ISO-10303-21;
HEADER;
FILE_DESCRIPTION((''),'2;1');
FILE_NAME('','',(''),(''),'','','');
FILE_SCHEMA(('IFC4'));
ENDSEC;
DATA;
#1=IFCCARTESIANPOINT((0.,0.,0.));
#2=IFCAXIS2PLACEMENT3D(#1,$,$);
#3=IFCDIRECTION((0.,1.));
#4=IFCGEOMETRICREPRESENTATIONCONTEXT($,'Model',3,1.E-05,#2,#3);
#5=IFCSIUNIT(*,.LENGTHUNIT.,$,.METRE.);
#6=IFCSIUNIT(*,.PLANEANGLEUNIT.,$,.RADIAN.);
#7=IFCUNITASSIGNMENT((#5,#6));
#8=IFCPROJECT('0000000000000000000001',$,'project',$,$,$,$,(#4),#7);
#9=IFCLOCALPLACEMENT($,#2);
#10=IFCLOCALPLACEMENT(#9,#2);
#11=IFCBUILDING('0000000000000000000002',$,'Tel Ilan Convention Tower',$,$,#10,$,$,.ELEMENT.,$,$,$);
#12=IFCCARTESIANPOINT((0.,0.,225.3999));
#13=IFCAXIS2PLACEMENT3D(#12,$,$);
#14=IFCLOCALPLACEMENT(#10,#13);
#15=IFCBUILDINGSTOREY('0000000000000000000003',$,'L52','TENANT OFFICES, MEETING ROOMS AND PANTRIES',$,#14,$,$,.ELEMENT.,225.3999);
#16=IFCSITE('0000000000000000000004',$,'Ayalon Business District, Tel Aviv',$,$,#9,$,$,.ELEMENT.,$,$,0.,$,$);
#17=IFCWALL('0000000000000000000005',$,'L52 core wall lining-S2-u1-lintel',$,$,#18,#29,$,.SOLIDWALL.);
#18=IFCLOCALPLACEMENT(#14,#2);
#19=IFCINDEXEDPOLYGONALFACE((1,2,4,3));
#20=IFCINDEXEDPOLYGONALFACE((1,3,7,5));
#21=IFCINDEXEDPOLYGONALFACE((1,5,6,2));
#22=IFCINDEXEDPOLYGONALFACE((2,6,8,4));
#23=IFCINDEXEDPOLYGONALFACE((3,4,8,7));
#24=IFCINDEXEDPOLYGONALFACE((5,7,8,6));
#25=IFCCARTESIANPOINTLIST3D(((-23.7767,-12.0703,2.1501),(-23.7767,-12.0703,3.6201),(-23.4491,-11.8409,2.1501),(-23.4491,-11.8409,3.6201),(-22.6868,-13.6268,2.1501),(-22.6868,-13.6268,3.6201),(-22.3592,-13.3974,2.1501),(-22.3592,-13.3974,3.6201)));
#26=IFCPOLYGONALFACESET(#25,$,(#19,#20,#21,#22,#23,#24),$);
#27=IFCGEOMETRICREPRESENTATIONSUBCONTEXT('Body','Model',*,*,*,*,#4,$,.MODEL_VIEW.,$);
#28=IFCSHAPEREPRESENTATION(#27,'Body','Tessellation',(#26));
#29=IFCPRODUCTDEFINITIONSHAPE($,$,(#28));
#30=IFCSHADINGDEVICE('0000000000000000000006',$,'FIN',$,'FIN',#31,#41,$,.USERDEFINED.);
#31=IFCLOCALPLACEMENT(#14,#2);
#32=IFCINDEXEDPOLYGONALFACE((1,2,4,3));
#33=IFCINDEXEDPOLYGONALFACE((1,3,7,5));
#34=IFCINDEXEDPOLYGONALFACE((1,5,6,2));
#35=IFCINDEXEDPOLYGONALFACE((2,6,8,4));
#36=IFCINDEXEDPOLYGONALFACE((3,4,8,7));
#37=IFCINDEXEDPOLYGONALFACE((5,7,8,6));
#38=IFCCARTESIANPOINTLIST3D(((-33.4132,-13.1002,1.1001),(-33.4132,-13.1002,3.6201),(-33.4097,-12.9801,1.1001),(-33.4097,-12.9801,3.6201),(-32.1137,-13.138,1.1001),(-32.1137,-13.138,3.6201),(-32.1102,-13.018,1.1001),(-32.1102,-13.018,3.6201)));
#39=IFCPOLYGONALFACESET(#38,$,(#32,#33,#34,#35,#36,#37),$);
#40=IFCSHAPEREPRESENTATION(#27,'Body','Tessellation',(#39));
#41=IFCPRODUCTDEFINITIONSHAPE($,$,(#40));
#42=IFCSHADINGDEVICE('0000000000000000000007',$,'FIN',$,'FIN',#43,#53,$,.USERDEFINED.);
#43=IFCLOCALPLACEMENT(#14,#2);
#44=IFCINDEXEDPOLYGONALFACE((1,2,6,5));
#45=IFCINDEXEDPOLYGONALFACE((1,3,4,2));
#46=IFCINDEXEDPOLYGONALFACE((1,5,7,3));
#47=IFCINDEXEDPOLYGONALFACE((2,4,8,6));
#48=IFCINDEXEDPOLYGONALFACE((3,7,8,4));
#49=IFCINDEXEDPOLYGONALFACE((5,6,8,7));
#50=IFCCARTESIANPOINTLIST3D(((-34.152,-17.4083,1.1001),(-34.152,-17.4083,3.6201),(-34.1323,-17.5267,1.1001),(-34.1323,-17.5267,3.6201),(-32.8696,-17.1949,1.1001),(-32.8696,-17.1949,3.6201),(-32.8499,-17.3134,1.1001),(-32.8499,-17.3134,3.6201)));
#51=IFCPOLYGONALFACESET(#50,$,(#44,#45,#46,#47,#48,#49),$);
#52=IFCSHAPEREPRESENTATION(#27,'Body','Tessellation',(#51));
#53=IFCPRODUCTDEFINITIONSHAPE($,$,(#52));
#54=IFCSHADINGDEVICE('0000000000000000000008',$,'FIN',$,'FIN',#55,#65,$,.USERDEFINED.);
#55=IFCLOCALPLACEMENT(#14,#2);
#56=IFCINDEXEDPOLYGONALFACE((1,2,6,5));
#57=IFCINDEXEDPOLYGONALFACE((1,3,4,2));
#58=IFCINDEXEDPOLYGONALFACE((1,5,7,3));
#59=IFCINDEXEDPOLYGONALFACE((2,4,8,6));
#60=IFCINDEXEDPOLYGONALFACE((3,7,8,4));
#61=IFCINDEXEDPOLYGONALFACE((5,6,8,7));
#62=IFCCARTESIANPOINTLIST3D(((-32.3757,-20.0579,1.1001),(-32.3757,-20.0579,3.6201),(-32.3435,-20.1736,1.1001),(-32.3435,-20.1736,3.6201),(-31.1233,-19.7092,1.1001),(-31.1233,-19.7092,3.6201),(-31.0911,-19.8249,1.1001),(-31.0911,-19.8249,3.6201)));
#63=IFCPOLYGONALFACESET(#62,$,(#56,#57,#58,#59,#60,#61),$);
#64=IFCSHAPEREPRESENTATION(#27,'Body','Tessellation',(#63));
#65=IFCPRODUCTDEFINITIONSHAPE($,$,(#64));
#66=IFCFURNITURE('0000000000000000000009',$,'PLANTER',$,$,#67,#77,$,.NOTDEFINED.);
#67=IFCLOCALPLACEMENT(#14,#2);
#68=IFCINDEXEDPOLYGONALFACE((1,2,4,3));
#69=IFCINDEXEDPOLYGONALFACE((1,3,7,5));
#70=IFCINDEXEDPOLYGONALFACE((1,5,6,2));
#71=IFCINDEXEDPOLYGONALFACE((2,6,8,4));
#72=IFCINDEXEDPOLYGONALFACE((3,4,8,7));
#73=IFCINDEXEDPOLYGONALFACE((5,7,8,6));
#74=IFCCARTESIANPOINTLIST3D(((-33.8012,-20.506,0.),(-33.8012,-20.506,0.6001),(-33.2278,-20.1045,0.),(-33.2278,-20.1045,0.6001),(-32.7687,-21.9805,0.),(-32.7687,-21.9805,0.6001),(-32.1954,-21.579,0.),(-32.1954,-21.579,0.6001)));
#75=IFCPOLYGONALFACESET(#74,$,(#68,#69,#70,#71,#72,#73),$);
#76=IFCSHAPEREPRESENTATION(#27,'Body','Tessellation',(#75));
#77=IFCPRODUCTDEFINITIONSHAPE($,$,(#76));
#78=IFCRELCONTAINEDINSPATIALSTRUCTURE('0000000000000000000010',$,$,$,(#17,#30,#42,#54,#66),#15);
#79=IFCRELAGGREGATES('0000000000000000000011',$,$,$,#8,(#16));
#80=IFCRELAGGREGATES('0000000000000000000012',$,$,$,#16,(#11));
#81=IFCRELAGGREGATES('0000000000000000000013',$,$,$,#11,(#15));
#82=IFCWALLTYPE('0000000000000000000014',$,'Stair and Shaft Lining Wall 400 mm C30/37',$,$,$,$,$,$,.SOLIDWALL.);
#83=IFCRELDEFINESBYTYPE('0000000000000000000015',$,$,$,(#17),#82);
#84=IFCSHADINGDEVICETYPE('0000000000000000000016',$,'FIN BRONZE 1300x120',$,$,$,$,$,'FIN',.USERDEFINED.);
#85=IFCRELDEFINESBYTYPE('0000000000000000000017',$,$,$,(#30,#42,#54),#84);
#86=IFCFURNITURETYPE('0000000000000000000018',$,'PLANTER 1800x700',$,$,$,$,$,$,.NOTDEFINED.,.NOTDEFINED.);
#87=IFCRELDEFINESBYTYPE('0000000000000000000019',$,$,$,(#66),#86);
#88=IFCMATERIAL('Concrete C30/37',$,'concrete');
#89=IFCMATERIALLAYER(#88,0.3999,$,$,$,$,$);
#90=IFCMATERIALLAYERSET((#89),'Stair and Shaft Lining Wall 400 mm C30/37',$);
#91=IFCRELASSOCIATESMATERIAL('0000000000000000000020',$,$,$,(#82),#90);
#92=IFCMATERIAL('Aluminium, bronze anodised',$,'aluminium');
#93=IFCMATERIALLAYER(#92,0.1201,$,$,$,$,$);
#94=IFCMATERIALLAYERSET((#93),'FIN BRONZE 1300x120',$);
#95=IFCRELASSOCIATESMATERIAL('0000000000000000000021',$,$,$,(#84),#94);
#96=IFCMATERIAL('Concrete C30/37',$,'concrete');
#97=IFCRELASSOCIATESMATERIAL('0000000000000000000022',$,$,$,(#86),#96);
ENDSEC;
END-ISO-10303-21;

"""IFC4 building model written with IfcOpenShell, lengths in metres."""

from ifc_helpers import new_model, si_unit, direction, frame, frame_2d, origin, origin_2d, place, context, subcontext, project, spatial, rectangle, extrude, material, layer, layer_set, type_object, element, save


model = new_model("IFC4")

# Units and contexts
model_context = context("Model", 3, precision=1e-05, world=origin(), true_north=direction((0.0, 1.0)))
body_context = subcontext(model_context, "Body", "Model", "MODEL_VIEW")
ifc_project = project(units=[si_unit("LENGTHUNIT", "METRE"), si_unit("PLANEANGLEUNIT", "RADIAN")], contexts=[model_context])

# Site, building, storey
site_placement = place(None, origin())
site = spatial("IfcSite", under=ifc_project, at=site_placement, Name="Ayalon Business District, Tel Aviv", CompositionType="ELEMENT", RefElevation=0.0)
building_placement = place(site_placement, origin())
building = spatial("IfcBuilding", under=site, at=building_placement, Name="Tel Ilan Convention Tower", CompositionType="ELEMENT")
storey_placement = place(building_placement, frame((0.0, 0.0, 225.3999)))
storey = spatial("IfcBuildingStorey", under=building, at=storey_placement, Name="L52", Description="TENANT OFFICES, MEETING ROOMS AND PANTRIES", CompositionType="ELEMENT", Elevation=225.3999)

# Wall
ifc_material_1 = material(Name="Concrete C30/37", Category="concrete")
ifc_layer_1 = layer(ifc_material_1, 0.3999)
ifc_layer_set_1 = layer_set([ifc_layer_1], Name="Stair and Shaft Lining Wall 400 mm C30/37")
wall_type_1 = type_object("IfcWallType", Name="Stair and Shaft Lining Wall 400 mm C30/37", PredefinedType="SOLIDWALL", material=ifc_layer_set_1)
wall_1_placement = place(storey_placement, frame((-22.5229, -13.5122, 2.1501), z_axis=(0.0, 0.0, 1.0), x_axis=(-0.573592, 0.819141, 0.0)))
element("IfcWall", 1, at=wall_1_placement, inside=storey, type_object=wall_type_1, Name="L52 core wall lining-S2-u1-lintel", PredefinedType="SOLIDWALL", context=body_context, shape_type="SweptSolid", body=[
    extrude(rectangle(XDim=1.9001, YDim=0.3999, at=frame_2d((0.9502, 0.0))), origin(), (0.0, 0.0, 1.0), 1.47),
])

# Shading devices
ifc_material_2 = material(Name="Aluminium, bronze anodised", Category="aluminium")
ifc_layer_2 = layer(ifc_material_2, 0.1201)
ifc_layer_set_2 = layer_set([ifc_layer_2], Name="FIN BRONZE 1300x120")
shading_device_type = type_object("IfcShadingDeviceType", Name="FIN BRONZE 1300x120", ElementType="FIN", PredefinedType="USERDEFINED", material=ifc_layer_set_2)
for number, where, z_axis, x_axis, name in (
    (2, (-32.7617, -13.0591, 1.1001), (0.0, 0.0, 1.0), (-0.999577, 0.029085, 0.0), "FIN"),
    (3, (-33.501, -17.3608, 1.1001), (0.0, 0.0, 1.0), (-0.986445, -0.164091, 0.0), "FIN"),
    (4, (-31.7334, -19.9414, 1.1001), (0.0, 0.0, 1.0), (-0.963371, -0.268173, 0.0), "FIN"),
):
    element("IfcShadingDevice", number, at=place(storey_placement, frame(where, z_axis=z_axis, x_axis=x_axis)), inside=storey, type_object=shading_device_type, Name=name, ObjectType="FIN", PredefinedType="USERDEFINED", context=body_context, shape_type="SweptSolid", body=[
        extrude(rectangle(XDim=1.3, YDim=0.1201, at=origin_2d()), origin(), (0.0, 0.0, 1.0), 2.52),
    ])

# Furniture
ifc_material_3 = material(Name="Concrete C30/37", Category="concrete")
furniture_type = type_object("IfcFurnitureType", Name="PLANTER 1800x700", AssemblyPlace="NOTDEFINED", PredefinedType="NOTDEFINED", material=ifc_material_3)
furniture_placement = place(storey_placement, frame((-32.9983, -21.0425, 0.0), z_axis=(0.0, 0.0, 1.0), x_axis=(-0.573576, 0.819152, 0.0)))
element("IfcFurniture", 5, at=furniture_placement, inside=storey, type_object=furniture_type, Name="PLANTER", PredefinedType="NOTDEFINED", context=body_context, shape_type="SweptSolid", body=[
    extrude(rectangle(XDim=1.8, YDim=0.7, at=origin_2d()), origin(), (0.0, 0.0, 1.0), 0.6001),
])

save(model, "model.ifc")
